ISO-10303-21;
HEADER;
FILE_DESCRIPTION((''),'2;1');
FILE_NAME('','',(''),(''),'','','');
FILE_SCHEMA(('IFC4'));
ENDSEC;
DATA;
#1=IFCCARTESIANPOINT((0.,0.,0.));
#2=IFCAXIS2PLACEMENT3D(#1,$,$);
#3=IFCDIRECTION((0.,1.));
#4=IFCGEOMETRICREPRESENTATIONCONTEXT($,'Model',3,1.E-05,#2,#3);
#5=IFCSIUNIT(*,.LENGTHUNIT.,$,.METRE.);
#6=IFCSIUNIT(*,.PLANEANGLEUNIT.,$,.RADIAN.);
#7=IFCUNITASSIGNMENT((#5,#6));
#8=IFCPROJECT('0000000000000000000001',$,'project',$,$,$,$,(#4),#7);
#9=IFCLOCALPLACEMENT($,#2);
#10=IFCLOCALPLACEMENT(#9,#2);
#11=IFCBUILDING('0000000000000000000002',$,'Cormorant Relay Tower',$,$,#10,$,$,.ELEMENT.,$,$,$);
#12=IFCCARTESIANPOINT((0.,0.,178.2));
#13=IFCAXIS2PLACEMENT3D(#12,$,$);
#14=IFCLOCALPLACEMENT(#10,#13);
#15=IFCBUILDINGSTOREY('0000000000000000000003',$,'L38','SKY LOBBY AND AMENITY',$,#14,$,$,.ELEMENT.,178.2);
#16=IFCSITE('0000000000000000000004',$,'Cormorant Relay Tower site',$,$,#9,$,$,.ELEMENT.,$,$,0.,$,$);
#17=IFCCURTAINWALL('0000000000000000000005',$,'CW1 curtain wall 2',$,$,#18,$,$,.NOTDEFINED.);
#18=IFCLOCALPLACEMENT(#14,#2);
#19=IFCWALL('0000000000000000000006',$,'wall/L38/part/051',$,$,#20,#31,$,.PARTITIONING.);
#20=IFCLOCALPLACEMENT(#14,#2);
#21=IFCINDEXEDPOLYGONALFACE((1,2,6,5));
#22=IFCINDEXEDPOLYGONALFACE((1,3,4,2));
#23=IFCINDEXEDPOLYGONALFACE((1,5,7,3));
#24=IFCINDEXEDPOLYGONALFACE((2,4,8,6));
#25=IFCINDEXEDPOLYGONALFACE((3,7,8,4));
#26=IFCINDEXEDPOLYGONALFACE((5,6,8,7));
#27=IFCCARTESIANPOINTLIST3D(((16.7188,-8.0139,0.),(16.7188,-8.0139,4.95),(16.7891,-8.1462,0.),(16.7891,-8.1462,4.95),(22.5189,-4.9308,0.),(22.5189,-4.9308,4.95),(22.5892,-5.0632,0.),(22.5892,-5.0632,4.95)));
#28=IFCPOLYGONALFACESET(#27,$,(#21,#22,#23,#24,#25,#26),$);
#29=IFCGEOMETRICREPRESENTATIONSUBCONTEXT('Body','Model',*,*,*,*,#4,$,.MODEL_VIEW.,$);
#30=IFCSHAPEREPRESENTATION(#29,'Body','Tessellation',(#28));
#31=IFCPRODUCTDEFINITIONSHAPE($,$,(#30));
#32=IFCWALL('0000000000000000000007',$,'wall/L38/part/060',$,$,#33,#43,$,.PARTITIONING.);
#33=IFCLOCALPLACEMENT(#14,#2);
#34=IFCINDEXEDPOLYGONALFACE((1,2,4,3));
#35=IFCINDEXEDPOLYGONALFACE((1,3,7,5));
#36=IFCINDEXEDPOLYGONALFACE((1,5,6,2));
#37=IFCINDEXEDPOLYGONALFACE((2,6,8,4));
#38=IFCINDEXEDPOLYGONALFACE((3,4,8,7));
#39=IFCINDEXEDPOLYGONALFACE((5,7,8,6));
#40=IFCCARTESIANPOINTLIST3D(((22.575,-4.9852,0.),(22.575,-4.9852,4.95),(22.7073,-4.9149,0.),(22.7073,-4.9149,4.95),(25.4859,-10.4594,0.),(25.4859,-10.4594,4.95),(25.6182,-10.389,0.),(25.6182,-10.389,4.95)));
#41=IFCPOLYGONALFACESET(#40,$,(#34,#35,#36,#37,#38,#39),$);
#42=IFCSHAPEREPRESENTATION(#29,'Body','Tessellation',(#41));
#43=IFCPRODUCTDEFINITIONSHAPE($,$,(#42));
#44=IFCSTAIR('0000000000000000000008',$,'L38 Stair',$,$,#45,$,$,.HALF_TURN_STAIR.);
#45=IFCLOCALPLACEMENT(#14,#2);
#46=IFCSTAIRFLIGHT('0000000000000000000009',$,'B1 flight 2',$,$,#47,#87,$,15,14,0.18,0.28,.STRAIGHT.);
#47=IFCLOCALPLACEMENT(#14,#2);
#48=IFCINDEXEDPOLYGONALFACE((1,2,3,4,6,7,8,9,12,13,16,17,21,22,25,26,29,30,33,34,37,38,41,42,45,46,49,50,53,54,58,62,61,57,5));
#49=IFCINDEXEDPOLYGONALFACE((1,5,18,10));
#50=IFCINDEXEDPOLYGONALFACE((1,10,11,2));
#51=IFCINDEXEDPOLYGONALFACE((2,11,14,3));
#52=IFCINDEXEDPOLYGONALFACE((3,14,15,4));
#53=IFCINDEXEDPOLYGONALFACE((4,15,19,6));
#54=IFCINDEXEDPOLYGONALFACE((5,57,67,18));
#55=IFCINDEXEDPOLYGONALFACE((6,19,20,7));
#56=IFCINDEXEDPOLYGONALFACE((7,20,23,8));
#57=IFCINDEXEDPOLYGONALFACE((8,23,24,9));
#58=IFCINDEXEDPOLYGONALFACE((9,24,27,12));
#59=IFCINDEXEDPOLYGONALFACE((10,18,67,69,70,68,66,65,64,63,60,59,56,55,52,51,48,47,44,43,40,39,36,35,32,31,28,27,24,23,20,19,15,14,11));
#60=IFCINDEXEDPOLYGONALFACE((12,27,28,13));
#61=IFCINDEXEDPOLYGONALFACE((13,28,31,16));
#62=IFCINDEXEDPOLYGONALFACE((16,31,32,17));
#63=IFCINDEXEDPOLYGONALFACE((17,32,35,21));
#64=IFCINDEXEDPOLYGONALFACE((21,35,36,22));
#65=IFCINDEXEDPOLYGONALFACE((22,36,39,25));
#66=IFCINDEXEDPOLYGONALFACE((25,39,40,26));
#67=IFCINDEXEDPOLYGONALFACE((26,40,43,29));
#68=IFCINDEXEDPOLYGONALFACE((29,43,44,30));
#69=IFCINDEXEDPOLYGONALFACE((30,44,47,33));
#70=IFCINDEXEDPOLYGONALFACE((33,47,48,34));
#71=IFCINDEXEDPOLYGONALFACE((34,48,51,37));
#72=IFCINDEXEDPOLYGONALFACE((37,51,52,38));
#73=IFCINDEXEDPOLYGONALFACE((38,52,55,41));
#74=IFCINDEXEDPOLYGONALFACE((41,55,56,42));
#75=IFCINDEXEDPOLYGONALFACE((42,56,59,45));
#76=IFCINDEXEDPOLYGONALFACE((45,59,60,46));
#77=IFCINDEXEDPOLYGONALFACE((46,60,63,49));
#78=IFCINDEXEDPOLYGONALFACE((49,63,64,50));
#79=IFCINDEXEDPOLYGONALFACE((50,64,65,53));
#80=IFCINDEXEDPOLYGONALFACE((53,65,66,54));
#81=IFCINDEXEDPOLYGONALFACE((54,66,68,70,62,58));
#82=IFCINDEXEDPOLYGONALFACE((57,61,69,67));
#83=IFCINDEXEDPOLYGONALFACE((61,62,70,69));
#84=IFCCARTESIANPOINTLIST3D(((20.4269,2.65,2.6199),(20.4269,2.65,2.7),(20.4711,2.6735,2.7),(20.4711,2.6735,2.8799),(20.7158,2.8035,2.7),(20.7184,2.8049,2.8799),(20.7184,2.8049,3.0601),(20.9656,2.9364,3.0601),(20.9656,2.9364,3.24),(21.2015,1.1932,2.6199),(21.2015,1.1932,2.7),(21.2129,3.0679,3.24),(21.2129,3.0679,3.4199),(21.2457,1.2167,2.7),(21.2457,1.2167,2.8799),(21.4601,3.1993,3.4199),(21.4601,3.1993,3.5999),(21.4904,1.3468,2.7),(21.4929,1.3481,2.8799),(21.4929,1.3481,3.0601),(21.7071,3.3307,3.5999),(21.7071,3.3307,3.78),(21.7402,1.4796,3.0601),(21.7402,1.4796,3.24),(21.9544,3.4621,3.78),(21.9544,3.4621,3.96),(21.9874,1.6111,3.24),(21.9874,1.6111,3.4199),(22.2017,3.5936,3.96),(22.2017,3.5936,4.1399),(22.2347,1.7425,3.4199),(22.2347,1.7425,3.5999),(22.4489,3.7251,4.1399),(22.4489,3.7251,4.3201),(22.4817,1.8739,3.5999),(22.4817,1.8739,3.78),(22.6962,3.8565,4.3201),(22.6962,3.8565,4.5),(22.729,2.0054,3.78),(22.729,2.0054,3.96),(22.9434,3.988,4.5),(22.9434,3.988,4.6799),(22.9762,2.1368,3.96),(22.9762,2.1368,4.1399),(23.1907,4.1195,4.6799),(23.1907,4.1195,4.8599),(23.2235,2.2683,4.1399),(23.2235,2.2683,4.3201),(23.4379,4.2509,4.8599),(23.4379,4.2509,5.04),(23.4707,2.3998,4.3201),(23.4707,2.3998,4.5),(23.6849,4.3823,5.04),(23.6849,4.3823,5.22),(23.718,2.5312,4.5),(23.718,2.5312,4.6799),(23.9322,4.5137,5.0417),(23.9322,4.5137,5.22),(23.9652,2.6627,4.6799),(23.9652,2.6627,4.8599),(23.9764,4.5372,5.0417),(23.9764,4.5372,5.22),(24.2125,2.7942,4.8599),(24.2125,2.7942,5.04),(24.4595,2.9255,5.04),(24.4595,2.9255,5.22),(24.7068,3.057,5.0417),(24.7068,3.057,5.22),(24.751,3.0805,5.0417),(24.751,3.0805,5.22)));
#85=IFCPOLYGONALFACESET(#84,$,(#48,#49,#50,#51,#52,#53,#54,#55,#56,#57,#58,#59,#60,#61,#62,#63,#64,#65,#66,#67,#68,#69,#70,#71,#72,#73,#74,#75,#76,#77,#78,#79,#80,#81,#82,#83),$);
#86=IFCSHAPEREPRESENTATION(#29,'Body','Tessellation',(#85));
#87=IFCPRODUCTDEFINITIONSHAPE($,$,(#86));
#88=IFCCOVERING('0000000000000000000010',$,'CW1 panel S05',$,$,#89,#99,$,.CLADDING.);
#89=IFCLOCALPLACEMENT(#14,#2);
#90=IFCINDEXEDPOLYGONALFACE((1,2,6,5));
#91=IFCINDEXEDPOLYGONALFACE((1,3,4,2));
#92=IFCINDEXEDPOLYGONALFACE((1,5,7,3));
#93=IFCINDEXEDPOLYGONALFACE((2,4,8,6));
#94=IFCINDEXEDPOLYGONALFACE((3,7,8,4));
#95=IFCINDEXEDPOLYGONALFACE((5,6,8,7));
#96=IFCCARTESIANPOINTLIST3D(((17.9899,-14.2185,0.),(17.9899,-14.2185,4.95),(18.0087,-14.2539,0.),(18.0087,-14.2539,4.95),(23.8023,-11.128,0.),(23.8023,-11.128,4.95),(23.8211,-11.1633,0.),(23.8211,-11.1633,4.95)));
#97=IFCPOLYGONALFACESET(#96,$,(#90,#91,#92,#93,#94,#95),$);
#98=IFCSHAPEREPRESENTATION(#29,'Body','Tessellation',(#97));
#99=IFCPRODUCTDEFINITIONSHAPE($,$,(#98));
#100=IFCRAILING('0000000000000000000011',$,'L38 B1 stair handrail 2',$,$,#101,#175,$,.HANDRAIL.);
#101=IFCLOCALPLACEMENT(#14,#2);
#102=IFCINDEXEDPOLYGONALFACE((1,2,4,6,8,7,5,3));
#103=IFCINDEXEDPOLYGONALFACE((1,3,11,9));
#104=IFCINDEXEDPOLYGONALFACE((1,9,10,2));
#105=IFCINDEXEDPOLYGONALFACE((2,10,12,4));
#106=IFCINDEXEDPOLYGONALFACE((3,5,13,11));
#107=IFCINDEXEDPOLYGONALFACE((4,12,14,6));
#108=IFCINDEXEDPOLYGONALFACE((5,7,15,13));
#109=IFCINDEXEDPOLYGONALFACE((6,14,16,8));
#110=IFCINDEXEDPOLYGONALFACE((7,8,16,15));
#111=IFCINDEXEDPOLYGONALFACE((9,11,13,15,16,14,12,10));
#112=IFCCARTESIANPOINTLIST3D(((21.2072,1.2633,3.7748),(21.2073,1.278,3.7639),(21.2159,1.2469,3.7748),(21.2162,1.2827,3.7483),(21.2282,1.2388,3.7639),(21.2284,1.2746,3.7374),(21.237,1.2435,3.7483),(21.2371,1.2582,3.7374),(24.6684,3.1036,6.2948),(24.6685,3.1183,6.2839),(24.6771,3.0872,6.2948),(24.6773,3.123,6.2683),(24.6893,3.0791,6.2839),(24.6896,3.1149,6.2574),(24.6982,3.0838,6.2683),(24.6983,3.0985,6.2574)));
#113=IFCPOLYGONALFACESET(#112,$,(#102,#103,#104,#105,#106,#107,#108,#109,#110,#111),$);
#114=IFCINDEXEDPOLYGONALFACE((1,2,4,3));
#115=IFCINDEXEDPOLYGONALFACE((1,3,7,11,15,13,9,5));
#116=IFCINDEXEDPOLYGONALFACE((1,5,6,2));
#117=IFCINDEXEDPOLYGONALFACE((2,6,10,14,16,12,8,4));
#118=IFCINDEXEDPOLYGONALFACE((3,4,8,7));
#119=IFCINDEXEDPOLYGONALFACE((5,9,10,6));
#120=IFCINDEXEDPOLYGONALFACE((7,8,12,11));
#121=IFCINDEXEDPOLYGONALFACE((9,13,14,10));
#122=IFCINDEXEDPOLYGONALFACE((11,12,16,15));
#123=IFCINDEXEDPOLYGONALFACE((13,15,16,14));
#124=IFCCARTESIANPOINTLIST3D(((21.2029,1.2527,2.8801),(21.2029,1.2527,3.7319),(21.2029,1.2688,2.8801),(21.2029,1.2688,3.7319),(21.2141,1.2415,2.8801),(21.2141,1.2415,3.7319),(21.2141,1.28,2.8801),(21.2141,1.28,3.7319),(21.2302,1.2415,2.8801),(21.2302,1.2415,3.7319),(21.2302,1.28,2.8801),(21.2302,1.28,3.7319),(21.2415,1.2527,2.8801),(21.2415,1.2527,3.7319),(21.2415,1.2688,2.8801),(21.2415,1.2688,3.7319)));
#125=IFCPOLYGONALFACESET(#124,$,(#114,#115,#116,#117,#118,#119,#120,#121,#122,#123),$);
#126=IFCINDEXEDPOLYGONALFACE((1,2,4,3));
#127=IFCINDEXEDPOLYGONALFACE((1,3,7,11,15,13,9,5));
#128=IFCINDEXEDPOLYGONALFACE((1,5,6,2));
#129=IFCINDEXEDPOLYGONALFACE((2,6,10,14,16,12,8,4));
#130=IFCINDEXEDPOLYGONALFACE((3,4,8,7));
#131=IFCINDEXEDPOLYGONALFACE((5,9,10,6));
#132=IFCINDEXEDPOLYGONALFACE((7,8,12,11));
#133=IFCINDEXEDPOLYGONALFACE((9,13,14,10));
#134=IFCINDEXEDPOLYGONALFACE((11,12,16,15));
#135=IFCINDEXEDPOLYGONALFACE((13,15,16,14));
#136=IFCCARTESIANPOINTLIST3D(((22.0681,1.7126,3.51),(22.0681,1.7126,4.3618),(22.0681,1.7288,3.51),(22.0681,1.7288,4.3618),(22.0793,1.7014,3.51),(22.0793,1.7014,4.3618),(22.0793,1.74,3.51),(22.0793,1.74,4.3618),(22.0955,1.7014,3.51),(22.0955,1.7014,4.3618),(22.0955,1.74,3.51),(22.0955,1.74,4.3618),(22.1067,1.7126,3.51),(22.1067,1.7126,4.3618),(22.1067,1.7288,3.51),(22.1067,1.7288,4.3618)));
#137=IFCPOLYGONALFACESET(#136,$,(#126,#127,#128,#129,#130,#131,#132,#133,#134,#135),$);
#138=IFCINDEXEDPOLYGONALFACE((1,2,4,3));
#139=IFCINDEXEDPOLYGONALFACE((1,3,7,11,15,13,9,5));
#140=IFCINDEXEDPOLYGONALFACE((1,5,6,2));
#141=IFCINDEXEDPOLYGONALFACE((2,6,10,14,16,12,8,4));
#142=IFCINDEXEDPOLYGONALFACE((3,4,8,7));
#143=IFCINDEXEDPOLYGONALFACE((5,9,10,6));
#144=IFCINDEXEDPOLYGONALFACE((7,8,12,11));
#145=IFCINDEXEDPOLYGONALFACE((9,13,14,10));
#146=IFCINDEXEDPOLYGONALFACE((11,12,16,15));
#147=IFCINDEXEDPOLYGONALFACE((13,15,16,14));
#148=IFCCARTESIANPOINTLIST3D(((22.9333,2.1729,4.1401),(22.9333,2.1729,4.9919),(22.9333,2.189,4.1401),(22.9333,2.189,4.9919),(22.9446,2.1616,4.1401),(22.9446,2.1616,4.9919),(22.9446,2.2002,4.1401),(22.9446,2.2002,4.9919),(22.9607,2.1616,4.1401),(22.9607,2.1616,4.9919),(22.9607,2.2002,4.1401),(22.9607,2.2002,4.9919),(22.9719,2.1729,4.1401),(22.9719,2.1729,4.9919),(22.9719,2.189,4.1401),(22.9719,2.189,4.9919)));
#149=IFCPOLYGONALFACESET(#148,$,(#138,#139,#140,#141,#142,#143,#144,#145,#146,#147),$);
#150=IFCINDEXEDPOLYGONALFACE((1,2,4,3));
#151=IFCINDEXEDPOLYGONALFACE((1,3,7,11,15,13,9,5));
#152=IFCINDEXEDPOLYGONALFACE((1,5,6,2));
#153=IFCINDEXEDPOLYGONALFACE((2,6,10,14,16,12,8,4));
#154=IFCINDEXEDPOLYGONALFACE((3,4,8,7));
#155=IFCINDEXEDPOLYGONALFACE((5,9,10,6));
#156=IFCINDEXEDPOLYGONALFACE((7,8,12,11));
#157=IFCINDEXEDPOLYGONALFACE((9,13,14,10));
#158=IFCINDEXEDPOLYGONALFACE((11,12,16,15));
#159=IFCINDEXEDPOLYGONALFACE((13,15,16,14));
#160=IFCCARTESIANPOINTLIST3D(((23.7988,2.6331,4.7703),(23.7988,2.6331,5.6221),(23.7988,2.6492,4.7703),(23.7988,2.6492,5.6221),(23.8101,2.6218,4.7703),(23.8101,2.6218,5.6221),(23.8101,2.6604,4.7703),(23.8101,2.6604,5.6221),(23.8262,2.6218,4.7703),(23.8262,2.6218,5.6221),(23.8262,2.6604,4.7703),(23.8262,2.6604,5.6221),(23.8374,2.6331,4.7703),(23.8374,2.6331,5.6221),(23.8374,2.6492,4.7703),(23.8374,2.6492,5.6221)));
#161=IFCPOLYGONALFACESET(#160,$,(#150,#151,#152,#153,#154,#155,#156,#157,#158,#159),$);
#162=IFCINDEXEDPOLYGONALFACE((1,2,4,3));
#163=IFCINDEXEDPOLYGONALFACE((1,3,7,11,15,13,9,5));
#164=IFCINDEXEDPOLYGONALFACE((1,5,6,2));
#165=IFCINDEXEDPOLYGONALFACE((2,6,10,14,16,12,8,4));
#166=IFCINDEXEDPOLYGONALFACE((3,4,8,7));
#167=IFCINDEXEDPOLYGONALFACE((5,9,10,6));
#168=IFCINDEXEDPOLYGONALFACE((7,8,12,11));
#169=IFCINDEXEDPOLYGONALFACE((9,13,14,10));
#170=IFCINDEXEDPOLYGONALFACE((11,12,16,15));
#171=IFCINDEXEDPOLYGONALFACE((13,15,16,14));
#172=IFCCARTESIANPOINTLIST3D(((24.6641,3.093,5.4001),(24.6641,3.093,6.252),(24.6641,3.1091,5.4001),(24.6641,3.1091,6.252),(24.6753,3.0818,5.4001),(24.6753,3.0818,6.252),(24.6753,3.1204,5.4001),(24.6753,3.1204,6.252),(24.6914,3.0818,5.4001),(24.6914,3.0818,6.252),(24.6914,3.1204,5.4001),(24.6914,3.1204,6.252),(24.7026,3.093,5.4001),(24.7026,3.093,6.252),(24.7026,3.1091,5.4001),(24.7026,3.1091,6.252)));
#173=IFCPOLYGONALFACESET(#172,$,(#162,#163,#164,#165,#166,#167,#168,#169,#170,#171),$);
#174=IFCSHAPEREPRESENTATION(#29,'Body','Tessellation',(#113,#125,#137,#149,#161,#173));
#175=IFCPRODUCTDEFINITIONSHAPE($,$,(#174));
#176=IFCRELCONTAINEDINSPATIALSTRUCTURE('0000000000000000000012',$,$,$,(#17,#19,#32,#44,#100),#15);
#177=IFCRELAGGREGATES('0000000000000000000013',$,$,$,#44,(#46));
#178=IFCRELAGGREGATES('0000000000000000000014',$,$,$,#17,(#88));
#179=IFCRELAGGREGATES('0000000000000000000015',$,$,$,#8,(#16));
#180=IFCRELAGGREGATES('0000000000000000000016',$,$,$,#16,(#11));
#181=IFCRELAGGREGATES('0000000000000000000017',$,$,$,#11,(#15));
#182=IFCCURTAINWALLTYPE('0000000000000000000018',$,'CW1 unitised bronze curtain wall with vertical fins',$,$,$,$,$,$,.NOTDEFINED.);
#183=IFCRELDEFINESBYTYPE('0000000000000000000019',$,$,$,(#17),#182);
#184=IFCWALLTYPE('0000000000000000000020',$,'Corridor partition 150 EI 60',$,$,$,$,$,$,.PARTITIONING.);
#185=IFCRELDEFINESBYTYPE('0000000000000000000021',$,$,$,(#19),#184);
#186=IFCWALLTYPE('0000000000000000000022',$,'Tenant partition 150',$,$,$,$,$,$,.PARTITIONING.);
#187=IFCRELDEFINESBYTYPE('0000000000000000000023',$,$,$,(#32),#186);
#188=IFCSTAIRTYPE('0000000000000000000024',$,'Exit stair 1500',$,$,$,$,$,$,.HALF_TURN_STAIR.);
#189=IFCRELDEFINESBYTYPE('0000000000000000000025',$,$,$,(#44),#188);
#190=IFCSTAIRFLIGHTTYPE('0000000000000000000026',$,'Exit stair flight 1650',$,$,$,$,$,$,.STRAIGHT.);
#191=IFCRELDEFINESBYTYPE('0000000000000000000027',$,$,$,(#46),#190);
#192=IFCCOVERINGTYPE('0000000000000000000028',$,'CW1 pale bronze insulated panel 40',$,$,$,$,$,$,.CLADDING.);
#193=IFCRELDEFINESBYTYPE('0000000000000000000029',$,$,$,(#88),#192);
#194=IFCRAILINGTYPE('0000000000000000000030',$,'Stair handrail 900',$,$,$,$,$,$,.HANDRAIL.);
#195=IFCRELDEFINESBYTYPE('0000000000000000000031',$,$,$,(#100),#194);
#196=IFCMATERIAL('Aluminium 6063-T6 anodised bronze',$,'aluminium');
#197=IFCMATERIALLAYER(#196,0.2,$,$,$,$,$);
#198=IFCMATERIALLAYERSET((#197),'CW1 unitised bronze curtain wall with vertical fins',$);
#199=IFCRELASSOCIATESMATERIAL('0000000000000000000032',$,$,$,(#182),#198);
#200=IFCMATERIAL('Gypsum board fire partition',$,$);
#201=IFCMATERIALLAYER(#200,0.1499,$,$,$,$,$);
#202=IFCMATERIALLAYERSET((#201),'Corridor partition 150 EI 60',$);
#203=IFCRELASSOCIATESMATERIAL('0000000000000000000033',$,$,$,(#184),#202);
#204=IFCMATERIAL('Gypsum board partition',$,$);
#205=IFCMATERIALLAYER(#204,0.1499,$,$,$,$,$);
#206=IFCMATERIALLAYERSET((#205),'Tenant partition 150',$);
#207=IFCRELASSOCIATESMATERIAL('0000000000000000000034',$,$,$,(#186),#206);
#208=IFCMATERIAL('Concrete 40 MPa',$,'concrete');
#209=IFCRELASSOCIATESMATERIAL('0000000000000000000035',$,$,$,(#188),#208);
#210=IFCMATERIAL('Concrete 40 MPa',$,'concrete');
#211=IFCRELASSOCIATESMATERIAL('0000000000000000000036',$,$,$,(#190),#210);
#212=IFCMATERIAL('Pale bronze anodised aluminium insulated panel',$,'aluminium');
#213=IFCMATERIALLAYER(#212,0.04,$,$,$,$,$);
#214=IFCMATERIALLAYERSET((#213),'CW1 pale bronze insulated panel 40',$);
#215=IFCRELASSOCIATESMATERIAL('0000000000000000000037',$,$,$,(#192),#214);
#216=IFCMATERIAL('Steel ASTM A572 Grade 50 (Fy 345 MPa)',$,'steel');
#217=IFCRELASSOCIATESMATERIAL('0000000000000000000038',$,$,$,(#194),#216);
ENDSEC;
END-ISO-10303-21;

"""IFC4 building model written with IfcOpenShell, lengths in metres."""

from ifc_helpers import new_model, si_unit, direction, frame, frame_2d, origin, origin_2d, place, context, subcontext, project, spatial, polyline, rectangle, outline, extrude, material, layer, layer_set, type_object, element, aggregate, save


model = new_model("IFC4")

# Units and contexts
model_context = context("Model", 3, precision=1e-05, world=origin(), true_north=direction((0.0, 1.0)))
body_context = subcontext(model_context, "Body", "Model", "MODEL_VIEW")
ifc_project = project(units=[si_unit("LENGTHUNIT", "METRE"), si_unit("PLANEANGLEUNIT", "RADIAN")], contexts=[model_context])

# Site, building, storey
site_placement = place(None, origin())
site = spatial("IfcSite", under=ifc_project, at=site_placement, Name="Cormorant Relay Tower site", CompositionType="ELEMENT", RefElevation=0.0)
building_placement = place(site_placement, origin())
building = spatial("IfcBuilding", under=site, at=building_placement, Name="Cormorant Relay Tower", CompositionType="ELEMENT")
storey_placement = place(building_placement, frame((0.0, 0.0, 178.2)))
storey = spatial("IfcBuildingStorey", under=building, at=storey_placement, Name="L38", Description="SKY LOBBY AND AMENITY", CompositionType="ELEMENT", Elevation=178.2)

# Curtain wall
ifc_material_1 = material(Name="Aluminium 6063-T6 anodised bronze", Category="aluminium")
ifc_layer_1 = layer(ifc_material_1, 0.2)
ifc_layer_set_1 = layer_set([ifc_layer_1], Name="CW1 unitised bronze curtain wall with vertical fins")
curtain_wall_type = type_object("IfcCurtainWallType", Name="CW1 unitised bronze curtain wall with vertical fins", PredefinedType="NOTDEFINED", material=ifc_layer_set_1)
curtain_wall_placement = place(storey_placement, origin())
curtain_wall = element("IfcCurtainWall", 1, at=curtain_wall_placement, inside=storey, type_object=curtain_wall_type, Name="CW1 curtain wall 2", PredefinedType="NOTDEFINED")

# Walls
ifc_material_2 = material(Name="Gypsum board fire partition")
ifc_layer_2 = layer(ifc_material_2, 0.1499)
ifc_layer_set_2 = layer_set([ifc_layer_2], Name="Corridor partition 150 EI 60")
wall_type_1 = type_object("IfcWallType", Name="Corridor partition 150 EI 60", PredefinedType="PARTITIONING", material=ifc_layer_set_2)
wall_1_placement = place(storey_placement, frame((22.554, -4.9971, 0.0), z_axis=(0.0, 0.0, 1.0), x_axis=(-0.883006, -0.469361, 0.0)))
element("IfcWall", 2, at=wall_1_placement, inside=storey, type_object=wall_type_1, Name="wall/L38/part/051", PredefinedType="PARTITIONING", context=body_context, shape_type="SweptSolid", body=[
    extrude(rectangle(XDim=6.5686, YDim=0.1499, at=frame_2d((3.2842, 0.0))), origin(), (0.0, 0.0, 1.0), 4.95),
])
ifc_material_3 = material(Name="Gypsum board partition")
ifc_layer_3 = layer(ifc_material_3, 0.1499)
ifc_layer_set_3 = layer_set([ifc_layer_3], Name="Tenant partition 150")
wall_type_2 = type_object("IfcWallType", Name="Tenant partition 150", PredefinedType="PARTITIONING", material=ifc_layer_set_3)
wall_2_placement = place(storey_placement, frame((22.6411, -4.95, 0.0), z_axis=(0.0, 0.0, 1.0), x_axis=(0.469503, -0.882931, 0.0)))
element("IfcWall", 3, at=wall_2_placement, inside=storey, type_object=wall_type_2, Name="wall/L38/part/060", PredefinedType="PARTITIONING", context=body_context, shape_type="SweptSolid", body=[
    extrude(rectangle(XDim=6.2, YDim=0.1499, at=frame_2d((3.1001, 0.0))), origin(), (0.0, 0.0, 1.0), 4.95),
])

# Stair, stair flight
ifc_material_4 = material(Name="Concrete 40 MPa", Category="concrete")
stair_type = type_object("IfcStairType", Name="Exit stair 1500", PredefinedType="HALF_TURN_STAIR", material=ifc_material_4)
stair_placement = place(storey_placement, origin())
stair = element("IfcStair", 4, at=stair_placement, inside=storey, type_object=stair_type, Name="L38 Stair", PredefinedType="HALF_TURN_STAIR")
ifc_material_5 = material(Name="Concrete 40 MPa", Category="concrete")
stair_flight_type = type_object("IfcStairFlightType", Name="Exit stair flight 1650", PredefinedType="STRAIGHT", material=ifc_material_5)
stair_flight_placement = place(storey_placement, frame((20.8584, 1.9451, 2.7), z_axis=(0.0, 0.0, 1.0), x_axis=(0.882948, 0.469472, 0.0)))
stair_flight = element("IfcStairFlight", 5, at=stair_flight_placement, type_object=stair_flight_type, Name="B1 flight 2", NumberOfRisers=15, NumberOfTreads=14, PredefinedType="STRAIGHT", RiserHeight=0.18, TreadLength=0.28, context=body_context, shape_type="SweptSolid", body=[
    extrude(outline(polyline([(-0.05, -0.0801), (-0.05, 0.0), (0.0, 0.0), (0.0, 0.1799), (0.28, 0.1799), (0.28, 0.3601), (0.5601, 0.3601), (0.5601, 0.54), (0.8401, 0.54), (0.8401, 0.72), (1.1201, 0.72), (1.1201, 0.8999), (1.3999, 0.8999), (1.3999, 1.0801), (1.6799, 1.0801), (1.6799, 1.26), (1.96, 1.26), (1.96, 1.4399), (2.24, 1.4399), (2.24, 1.6201), (2.52, 1.6201), (2.52, 1.8), (2.8, 1.8), (2.8, 1.98), (3.0801, 1.98), (3.0801, 2.1599), (3.3601, 2.1599), (3.3601, 2.3401), (3.6399, 2.3401), (3.6399, 2.52), (3.9199, 2.52), (3.97, 2.52), (3.97, 2.3418), (3.9199, 2.3418), (0.2771, 0.0), (-0.05, -0.0801)])), frame((0.0, 0.825, 0.0), z_axis=(0.0, -1.0, 0.0), x_axis=(1.0, 0.0, 0.0)), (0.0, 0.0, 1.0), 1.6499),
])
aggregate(stair, [stair_flight])

# Covering
ifc_material_6 = material(Name="Pale bronze anodised aluminium insulated panel", Category="aluminium")
ifc_layer_4 = layer(ifc_material_6, 0.04)
ifc_layer_set_4 = layer_set([ifc_layer_4], Name="CW1 pale bronze insulated panel 40")
covering_type = type_object("IfcCoveringType", Name="CW1 pale bronze insulated panel 40", PredefinedType="CLADDING", material=ifc_layer_set_4)
covering_placement = place(storey_placement, frame((20.9055, -12.6909, 0.0), z_axis=(0.0, 0.0, 1.0), x_axis=(0.882948, 0.469472, 0.0)))
covering = element("IfcCovering", 6, at=covering_placement, type_object=covering_type, Name="CW1 panel S05", PredefinedType="CLADDING", context=body_context, shape_type="SweptSolid", body=[
    extrude(rectangle(XDim=6.583, YDim=0.04, at=origin_2d()), origin(), (0.0, 0.0, 1.0), 4.95),
])
aggregate(curtain_wall, [covering])

# Railing
ifc_material_7 = material(Name="Steel ASTM A572 Grade 50 (Fy 345 MPa)", Category="steel")
railing_type = type_object("IfcRailingType", Name="Stair handrail 900", PredefinedType="HANDRAIL", material=ifc_material_7)
railing_placement = place(storey_placement, frame((21.2222, 1.2607, 2.8801)))
element("IfcRailing", 7, at=railing_placement, inside=storey, type_object=railing_type, Name="L38 B1 stair handrail 2", PredefinedType="HANDRAIL", context=body_context, shape_type="SweptSolid", body=[
    extrude(outline(polyline([(0.0222, 0.0093), (0.0093, 0.0222), (-0.0093, 0.0222), (-0.0222, 0.0093), (-0.0222, -0.0093), (-0.0093, -0.0222), (0.0093, -0.0222), (0.0222, -0.0093), (0.0222, 0.0093)])), frame((0.0, 0.0, 0.876), z_axis=(0.742717, 0.394907, 0.540758), x_axis=(-0.469469, 0.882949, 0.0)), (0.0, 0.0, 1.0), 4.6602),
    extrude(outline(polyline([(0.0193, 0.0081), (0.0081, 0.0193), (-0.0081, 0.0193), (-0.0193, 0.0081), (-0.0193, -0.0081), (-0.0081, -0.0193), (0.0081, -0.0193), (0.0193, -0.0081), (0.0193, 0.0081)])), origin(), (0.0, 0.0, 1.0), 0.8518),
    extrude(outline(polyline([(0.0193, 0.0081), (0.0081, 0.0193), (-0.0081, 0.0193), (-0.0193, 0.0081), (-0.0193, -0.0081), (-0.0081, -0.0193), (0.0081, -0.0193), (0.0193, -0.0081), (0.0193, 0.0081)])), frame((0.8652, 0.46, 0.6299)), (0.0, 0.0, 1.0), 0.8518),
    extrude(outline(polyline([(0.0193, 0.0081), (0.0081, 0.0193), (-0.0081, 0.0193), (-0.0193, 0.0081), (-0.0193, -0.0081), (-0.0081, -0.0193), (0.0081, -0.0193), (0.0193, -0.0081), (0.0193, 0.0081)])), frame((1.7305, 0.9202, 1.26)), (0.0, 0.0, 1.0), 0.8518),
    extrude(outline(polyline([(0.0193, 0.0081), (0.0081, 0.0193), (-0.0081, 0.0193), (-0.0193, 0.0081), (-0.0193, -0.0081), (-0.0081, -0.0193), (0.0081, -0.0193), (0.0193, -0.0081), (0.0193, 0.0081)])), frame((2.5959, 1.3804, 1.8901)), (0.0, 0.0, 1.0), 0.8518),
    extrude(outline(polyline([(0.0193, 0.0081), (0.0081, 0.0193), (-0.0081, 0.0193), (-0.0193, 0.0081), (-0.0193, -0.0081), (-0.0081, -0.0193), (0.0081, -0.0193), (0.0193, -0.0081), (0.0193, 0.0081)])), frame((3.4612, 1.8403, 2.52)), (0.0, 0.0, 1.0), 0.8518),
])

save(model, "model.ifc")
